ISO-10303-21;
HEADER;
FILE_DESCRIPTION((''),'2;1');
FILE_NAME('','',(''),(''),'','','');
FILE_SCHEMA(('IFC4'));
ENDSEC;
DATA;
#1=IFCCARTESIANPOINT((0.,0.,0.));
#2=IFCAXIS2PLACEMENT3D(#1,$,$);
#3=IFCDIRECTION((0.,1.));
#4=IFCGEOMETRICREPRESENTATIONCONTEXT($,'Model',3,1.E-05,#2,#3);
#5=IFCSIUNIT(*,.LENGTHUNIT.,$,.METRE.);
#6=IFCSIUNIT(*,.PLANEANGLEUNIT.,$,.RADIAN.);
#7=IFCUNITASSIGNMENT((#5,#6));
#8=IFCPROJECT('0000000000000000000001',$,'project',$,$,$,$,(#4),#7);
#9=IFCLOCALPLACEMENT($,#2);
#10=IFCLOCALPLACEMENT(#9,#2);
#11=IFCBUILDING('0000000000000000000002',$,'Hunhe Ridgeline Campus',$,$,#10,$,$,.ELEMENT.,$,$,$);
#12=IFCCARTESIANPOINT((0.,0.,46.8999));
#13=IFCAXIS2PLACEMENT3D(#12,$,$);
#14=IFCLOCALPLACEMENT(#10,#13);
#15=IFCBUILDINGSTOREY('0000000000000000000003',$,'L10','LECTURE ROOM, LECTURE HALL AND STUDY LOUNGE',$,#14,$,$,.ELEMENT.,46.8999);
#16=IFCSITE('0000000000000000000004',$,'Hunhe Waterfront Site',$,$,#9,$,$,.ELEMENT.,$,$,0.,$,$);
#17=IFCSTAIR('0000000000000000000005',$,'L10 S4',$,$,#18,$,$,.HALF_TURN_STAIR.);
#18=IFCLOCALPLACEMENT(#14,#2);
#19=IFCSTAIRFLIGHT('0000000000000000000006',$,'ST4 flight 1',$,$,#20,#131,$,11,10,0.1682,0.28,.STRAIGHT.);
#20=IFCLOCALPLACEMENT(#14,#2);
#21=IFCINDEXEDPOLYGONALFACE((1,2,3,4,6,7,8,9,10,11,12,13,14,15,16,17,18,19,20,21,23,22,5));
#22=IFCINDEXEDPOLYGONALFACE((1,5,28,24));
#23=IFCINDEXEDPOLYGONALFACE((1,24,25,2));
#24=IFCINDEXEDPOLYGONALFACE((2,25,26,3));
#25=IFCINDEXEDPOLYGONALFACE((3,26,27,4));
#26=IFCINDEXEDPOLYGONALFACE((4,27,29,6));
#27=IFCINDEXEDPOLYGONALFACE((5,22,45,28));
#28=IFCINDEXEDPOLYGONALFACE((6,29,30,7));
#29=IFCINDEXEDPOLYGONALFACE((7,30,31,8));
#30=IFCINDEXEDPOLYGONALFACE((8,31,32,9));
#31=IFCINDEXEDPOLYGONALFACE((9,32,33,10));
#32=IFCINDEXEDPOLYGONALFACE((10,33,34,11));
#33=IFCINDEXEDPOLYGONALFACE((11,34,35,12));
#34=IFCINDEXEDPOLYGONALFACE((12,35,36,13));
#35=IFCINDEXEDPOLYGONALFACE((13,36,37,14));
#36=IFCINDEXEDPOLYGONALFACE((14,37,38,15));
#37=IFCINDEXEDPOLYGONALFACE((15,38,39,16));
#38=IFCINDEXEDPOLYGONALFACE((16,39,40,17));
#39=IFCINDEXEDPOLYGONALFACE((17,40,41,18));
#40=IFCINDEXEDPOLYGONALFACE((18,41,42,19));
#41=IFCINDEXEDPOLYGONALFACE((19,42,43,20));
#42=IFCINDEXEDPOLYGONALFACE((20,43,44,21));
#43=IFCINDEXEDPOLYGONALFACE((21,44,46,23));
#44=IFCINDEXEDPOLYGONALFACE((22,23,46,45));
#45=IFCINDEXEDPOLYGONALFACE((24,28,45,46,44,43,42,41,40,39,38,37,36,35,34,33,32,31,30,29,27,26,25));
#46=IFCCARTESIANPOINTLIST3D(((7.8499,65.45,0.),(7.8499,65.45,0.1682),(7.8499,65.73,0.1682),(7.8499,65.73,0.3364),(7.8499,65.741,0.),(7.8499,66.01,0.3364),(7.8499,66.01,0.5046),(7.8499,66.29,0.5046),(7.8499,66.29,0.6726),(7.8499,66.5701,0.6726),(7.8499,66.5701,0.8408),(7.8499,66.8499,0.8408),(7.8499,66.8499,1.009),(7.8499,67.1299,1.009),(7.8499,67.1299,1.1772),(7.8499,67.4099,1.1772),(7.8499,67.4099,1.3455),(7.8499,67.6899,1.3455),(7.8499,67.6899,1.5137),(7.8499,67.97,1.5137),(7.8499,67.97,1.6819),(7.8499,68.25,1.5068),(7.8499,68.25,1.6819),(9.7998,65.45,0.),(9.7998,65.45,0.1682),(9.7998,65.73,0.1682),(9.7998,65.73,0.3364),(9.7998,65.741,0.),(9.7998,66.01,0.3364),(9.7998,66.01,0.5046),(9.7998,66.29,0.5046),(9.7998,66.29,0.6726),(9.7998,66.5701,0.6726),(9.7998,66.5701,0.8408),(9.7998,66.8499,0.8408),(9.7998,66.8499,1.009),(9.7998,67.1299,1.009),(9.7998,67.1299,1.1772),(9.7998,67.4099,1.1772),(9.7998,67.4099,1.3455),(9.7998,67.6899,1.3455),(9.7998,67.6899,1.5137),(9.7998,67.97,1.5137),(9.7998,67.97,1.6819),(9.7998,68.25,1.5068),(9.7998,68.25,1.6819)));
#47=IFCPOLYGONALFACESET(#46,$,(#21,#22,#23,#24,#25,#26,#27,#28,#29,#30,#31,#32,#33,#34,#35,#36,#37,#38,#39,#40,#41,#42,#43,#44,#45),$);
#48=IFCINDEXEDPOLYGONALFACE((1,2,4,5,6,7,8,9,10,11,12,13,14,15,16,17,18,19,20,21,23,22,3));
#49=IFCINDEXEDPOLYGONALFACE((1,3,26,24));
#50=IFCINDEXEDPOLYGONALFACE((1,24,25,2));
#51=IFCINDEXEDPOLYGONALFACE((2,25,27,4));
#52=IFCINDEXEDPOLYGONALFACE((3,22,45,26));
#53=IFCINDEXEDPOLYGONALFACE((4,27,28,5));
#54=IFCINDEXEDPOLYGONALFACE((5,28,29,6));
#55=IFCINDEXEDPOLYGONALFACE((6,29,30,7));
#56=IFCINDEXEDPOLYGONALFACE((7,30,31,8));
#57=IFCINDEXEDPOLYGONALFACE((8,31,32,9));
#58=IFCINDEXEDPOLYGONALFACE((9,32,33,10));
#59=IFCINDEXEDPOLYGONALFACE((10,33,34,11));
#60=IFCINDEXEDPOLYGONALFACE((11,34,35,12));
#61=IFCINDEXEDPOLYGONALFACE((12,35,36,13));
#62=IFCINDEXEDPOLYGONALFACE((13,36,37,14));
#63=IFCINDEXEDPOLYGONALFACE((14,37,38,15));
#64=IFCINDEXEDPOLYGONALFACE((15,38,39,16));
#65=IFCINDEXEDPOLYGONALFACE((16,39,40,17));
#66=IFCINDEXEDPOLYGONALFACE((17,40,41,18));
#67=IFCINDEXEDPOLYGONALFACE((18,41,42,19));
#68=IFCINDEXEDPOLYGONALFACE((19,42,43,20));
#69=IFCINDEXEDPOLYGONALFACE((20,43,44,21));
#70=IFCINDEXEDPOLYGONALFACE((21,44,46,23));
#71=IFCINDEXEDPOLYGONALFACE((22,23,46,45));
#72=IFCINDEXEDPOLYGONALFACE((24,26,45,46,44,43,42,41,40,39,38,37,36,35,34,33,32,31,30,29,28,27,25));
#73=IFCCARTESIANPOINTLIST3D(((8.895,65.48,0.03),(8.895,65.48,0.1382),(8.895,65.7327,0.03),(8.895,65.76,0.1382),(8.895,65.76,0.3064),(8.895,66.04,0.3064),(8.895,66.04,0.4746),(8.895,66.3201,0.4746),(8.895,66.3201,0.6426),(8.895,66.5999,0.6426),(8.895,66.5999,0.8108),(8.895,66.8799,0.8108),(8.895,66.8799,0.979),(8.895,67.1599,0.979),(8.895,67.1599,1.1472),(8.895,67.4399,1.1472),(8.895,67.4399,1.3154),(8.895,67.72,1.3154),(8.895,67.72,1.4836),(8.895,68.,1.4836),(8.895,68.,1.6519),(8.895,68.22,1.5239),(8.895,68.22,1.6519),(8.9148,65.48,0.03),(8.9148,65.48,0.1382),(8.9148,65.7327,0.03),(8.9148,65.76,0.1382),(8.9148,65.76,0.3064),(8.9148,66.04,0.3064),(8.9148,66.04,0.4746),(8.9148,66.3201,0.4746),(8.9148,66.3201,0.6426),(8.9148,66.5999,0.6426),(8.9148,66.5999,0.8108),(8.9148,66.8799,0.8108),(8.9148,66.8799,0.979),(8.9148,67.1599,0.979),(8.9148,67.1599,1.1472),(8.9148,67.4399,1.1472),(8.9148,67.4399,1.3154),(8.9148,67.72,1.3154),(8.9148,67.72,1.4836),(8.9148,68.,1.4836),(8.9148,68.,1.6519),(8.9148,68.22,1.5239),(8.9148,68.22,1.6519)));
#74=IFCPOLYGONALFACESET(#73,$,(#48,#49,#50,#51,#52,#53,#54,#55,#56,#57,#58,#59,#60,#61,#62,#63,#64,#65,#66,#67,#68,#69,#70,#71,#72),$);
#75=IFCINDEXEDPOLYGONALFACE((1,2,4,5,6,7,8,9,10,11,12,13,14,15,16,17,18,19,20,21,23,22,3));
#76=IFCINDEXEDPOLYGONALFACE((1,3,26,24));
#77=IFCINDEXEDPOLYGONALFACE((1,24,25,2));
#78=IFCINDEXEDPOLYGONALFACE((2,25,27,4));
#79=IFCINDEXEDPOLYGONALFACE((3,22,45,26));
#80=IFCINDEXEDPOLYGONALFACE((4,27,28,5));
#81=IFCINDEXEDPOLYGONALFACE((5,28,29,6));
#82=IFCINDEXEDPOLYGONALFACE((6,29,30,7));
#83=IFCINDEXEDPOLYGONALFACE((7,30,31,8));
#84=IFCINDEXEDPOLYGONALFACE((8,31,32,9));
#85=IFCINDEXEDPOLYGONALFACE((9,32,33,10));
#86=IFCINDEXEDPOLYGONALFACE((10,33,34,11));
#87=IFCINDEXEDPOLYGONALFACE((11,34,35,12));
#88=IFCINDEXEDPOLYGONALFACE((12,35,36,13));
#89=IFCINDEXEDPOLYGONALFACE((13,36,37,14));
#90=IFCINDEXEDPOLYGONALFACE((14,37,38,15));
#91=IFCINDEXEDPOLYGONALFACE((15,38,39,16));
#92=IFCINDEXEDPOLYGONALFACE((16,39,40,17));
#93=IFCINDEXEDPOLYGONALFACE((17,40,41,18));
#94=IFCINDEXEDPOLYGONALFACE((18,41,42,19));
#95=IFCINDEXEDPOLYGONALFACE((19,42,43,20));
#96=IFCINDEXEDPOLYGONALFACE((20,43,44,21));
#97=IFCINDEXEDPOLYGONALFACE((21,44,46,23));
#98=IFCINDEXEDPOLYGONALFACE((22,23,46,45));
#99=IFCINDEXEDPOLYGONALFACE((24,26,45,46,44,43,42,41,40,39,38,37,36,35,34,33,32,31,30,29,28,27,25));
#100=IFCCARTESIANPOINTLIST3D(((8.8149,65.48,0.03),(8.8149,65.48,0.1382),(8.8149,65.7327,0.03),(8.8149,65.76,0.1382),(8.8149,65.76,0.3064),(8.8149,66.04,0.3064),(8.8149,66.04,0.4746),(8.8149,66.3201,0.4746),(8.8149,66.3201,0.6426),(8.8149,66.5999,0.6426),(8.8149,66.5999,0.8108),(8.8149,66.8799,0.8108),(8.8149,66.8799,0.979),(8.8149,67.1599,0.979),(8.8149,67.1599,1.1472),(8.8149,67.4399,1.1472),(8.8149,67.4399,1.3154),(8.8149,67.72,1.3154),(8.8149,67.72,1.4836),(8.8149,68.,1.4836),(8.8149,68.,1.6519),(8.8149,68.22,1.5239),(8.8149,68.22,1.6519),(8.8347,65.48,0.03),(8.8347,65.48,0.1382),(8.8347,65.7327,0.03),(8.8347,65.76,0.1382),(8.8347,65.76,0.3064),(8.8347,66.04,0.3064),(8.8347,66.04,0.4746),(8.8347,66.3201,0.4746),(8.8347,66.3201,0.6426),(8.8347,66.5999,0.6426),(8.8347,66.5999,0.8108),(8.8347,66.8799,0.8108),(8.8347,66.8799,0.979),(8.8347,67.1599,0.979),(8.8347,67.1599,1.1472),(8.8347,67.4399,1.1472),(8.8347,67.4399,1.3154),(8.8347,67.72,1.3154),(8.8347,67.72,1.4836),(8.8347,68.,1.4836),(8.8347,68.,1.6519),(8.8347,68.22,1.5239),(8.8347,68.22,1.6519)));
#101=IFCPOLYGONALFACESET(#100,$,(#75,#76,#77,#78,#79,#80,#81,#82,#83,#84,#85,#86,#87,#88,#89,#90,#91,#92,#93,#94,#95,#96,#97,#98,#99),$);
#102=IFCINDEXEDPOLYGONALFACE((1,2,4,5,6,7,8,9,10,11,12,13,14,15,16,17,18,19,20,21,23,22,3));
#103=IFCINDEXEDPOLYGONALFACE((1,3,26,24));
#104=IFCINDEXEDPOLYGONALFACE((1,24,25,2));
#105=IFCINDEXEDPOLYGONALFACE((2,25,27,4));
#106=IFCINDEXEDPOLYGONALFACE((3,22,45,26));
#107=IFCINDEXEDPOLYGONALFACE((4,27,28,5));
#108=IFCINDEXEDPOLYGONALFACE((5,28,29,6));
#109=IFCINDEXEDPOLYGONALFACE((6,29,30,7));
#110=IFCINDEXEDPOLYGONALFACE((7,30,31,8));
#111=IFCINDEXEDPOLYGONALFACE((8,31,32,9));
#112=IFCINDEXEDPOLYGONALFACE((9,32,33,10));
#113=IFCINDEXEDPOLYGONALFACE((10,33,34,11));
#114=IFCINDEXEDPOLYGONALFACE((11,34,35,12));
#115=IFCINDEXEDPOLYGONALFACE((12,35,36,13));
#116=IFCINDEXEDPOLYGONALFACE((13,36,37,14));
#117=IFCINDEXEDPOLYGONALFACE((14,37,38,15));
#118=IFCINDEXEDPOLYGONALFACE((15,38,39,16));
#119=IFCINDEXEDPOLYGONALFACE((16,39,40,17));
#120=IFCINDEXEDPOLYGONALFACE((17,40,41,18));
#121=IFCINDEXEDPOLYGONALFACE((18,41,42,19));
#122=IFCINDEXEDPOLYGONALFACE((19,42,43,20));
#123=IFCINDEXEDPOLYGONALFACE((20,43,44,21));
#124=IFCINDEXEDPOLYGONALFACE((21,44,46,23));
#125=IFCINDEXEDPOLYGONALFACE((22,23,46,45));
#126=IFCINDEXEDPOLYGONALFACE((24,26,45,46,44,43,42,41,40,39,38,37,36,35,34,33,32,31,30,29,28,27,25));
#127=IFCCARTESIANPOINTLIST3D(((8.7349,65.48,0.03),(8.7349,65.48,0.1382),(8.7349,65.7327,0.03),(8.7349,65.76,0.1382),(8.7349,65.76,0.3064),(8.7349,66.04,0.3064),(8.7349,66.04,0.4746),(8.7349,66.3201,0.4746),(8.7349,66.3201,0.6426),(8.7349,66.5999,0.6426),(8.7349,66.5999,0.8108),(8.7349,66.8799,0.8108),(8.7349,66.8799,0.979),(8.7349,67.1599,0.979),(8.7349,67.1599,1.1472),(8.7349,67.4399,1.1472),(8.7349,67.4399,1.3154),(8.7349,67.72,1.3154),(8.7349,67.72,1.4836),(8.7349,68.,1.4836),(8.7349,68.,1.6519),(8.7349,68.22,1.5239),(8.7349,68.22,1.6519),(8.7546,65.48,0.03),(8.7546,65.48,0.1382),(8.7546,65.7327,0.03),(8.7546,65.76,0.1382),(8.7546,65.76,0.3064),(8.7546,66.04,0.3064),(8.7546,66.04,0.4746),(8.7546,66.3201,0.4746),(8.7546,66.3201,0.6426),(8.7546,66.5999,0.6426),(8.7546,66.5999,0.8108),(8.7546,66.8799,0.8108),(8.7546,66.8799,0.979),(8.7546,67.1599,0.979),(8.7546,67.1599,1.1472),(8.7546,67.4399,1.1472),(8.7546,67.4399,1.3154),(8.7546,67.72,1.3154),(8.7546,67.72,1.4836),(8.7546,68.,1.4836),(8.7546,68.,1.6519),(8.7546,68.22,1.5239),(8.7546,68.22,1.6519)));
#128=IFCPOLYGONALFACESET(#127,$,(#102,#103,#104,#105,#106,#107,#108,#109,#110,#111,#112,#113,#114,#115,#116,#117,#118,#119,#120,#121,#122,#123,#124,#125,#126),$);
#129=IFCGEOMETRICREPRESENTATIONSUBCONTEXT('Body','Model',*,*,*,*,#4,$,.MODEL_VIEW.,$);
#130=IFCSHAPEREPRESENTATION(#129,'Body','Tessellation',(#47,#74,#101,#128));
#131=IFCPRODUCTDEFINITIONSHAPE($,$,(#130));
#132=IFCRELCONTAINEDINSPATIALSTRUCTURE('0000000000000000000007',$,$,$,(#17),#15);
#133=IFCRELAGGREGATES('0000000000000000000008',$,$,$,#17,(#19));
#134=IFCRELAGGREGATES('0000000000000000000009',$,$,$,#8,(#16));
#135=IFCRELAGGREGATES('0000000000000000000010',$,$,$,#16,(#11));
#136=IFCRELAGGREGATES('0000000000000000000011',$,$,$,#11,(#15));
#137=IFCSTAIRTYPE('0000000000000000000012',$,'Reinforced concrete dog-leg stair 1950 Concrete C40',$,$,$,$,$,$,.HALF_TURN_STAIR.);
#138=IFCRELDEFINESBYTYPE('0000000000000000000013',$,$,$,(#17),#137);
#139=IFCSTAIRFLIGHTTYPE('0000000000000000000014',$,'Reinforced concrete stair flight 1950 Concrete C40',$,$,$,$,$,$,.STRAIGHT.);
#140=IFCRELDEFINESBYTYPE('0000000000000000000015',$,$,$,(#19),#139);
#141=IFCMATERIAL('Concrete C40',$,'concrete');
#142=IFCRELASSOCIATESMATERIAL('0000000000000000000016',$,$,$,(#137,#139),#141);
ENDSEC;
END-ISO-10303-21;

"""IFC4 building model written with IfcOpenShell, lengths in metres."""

from ifc_helpers import new_model, si_unit, direction, frame, origin, place, context, subcontext, project, spatial, polyline, outline, extrude, material, type_object, element, aggregate, save


model = new_model("IFC4")

# Units and contexts
model_context = context("Model", 3, precision=1e-05, world=origin(), true_north=direction((0.0, 1.0)))
body_context = subcontext(model_context, "Body", "Model", "MODEL_VIEW")
ifc_project = project(units=[si_unit("LENGTHUNIT", "METRE"), si_unit("PLANEANGLEUNIT", "RADIAN")], contexts=[model_context])

# Site, building, storey
site_placement = place(None, origin())
site = spatial("IfcSite", under=ifc_project, at=site_placement, Name="Hunhe Waterfront Site", CompositionType="ELEMENT", RefElevation=0.0)
building_placement = place(site_placement, origin())
building = spatial("IfcBuilding", under=site, at=building_placement, Name="Hunhe Ridgeline Campus", CompositionType="ELEMENT")
storey_placement = place(building_placement, frame((0.0, 0.0, 46.8999)))
storey = spatial("IfcBuildingStorey", under=building, at=storey_placement, Name="L10", Description="LECTURE ROOM, LECTURE HALL AND STUDY LOUNGE", CompositionType="ELEMENT", Elevation=46.8999)

# Shared definitions
ifc_material_1 = material(Name="Concrete C40", Category="concrete")
stair_type = type_object("IfcStairType", Name="Reinforced concrete dog-leg stair 1950 Concrete C40", PredefinedType="HALF_TURN_STAIR", material=ifc_material_1)
stair_flight_type = type_object("IfcStairFlightType", Name="Reinforced concrete stair flight 1950 Concrete C40", PredefinedType="STRAIGHT", material=ifc_material_1)

# Stair, stair flight
stair_1_placement = place(storey_placement, origin())
stair_1 = element("IfcStair", 1, at=stair_1_placement, inside=storey, type_object=stair_type, Name="L10 S4", PredefinedType="HALF_TURN_STAIR")
stair_flight_1_placement = place(storey_placement, frame((8.825, 65.45, 0.0), z_axis=(0.0, 0.0, 1.0), x_axis=(0.0, 1.0, 0.0)))
stair_flight_1 = element("IfcStairFlight", 2, at=stair_flight_1_placement, type_object=stair_flight_type, Name="ST4 flight 1", NumberOfRisers=11, NumberOfTreads=10, PredefinedType="STRAIGHT", RiserHeight=0.1682, TreadLength=0.28, context=body_context, shape_type="SweptSolid", body=[
    extrude(outline(polyline([(0.0, 0.0), (0.0, 0.1682), (0.28, 0.1682), (0.28, 0.3364), (0.5601, 0.3364), (0.5601, 0.5046), (0.8401, 0.5046), (0.8401, 0.6726), (1.1201, 0.6726), (1.1201, 0.8408), (1.3999, 0.8408), (1.3999, 1.009), (1.6799, 1.009), (1.6799, 1.1772), (1.96, 1.1772), (1.96, 1.3455), (2.24, 1.3455), (2.24, 1.5137), (2.52, 1.5137), (2.52, 1.6819), (2.8, 1.6819), (2.8, 1.8501), (2.8, 1.5068), (0.291, 0.0), (0.0, 0.0)])), frame((0.0, 0.9751, 0.0), z_axis=(0.0, -1.0, 0.0), x_axis=(1.0, 0.0, 0.0)), (0.0, 0.0, 1.0), 1.95),
    extrude(outline(polyline([(0.03, 0.03), (0.03, 0.1382), (0.3101, 0.1382), (0.3101, 0.3064), (0.5901, 0.3064), (0.5901, 0.4746), (0.8701, 0.4746), (0.8701, 0.6426), (1.1499, 0.6426), (1.1499, 0.8108), (1.4299, 0.8108), (1.4299, 0.979), (1.71, 0.979), (1.71, 1.1472), (1.99, 1.1472), (1.99, 1.3154), (2.27, 1.3154), (2.27, 1.4836), (2.55, 1.4836), (2.55, 1.6519), (2.77, 1.6519), (2.77, 1.5239), (0.2827, 0.03), (0.03, 0.03)])), frame((0.0, -0.0701, 0.0), z_axis=(0.0, -1.0, 0.0), x_axis=(1.0, 0.0, 0.0)), (0.0, 0.0, 1.0), 0.0198),
    extrude(outline(polyline([(0.03, 0.03), (0.03, 0.1382), (0.3101, 0.1382), (0.3101, 0.3064), (0.5901, 0.3064), (0.5901, 0.4746), (0.8701, 0.4746), (0.8701, 0.6426), (1.1499, 0.6426), (1.1499, 0.8108), (1.4299, 0.8108), (1.4299, 0.979), (1.71, 0.979), (1.71, 1.1472), (1.99, 1.1472), (1.99, 1.3154), (2.27, 1.3154), (2.27, 1.4836), (2.55, 1.4836), (2.55, 1.6519), (2.77, 1.6519), (2.77, 1.5239), (0.2827, 0.03), (0.03, 0.03)])), frame((0.0, 0.01, 0.0), z_axis=(0.0, -1.0, 0.0), x_axis=(1.0, 0.0, 0.0)), (0.0, 0.0, 1.0), 0.0198),
    extrude(outline(polyline([(0.03, 0.03), (0.03, 0.1382), (0.3101, 0.1382), (0.3101, 0.3064), (0.5901, 0.3064), (0.5901, 0.4746), (0.8701, 0.4746), (0.8701, 0.6426), (1.1499, 0.6426), (1.1499, 0.8108), (1.4299, 0.8108), (1.4299, 0.979), (1.71, 0.979), (1.71, 1.1472), (1.99, 1.1472), (1.99, 1.3154), (2.27, 1.3154), (2.27, 1.4836), (2.55, 1.4836), (2.55, 1.6519), (2.77, 1.6519), (2.77, 1.5239), (0.2827, 0.03), (0.03, 0.03)])), frame((0.0, 0.0901, 0.0), z_axis=(0.0, -1.0, 0.0), x_axis=(1.0, 0.0, 0.0)), (0.0, 0.0, 1.0), 0.0198),
])
aggregate(stair_1, [stair_flight_1])

save(model, "model.ifc")
